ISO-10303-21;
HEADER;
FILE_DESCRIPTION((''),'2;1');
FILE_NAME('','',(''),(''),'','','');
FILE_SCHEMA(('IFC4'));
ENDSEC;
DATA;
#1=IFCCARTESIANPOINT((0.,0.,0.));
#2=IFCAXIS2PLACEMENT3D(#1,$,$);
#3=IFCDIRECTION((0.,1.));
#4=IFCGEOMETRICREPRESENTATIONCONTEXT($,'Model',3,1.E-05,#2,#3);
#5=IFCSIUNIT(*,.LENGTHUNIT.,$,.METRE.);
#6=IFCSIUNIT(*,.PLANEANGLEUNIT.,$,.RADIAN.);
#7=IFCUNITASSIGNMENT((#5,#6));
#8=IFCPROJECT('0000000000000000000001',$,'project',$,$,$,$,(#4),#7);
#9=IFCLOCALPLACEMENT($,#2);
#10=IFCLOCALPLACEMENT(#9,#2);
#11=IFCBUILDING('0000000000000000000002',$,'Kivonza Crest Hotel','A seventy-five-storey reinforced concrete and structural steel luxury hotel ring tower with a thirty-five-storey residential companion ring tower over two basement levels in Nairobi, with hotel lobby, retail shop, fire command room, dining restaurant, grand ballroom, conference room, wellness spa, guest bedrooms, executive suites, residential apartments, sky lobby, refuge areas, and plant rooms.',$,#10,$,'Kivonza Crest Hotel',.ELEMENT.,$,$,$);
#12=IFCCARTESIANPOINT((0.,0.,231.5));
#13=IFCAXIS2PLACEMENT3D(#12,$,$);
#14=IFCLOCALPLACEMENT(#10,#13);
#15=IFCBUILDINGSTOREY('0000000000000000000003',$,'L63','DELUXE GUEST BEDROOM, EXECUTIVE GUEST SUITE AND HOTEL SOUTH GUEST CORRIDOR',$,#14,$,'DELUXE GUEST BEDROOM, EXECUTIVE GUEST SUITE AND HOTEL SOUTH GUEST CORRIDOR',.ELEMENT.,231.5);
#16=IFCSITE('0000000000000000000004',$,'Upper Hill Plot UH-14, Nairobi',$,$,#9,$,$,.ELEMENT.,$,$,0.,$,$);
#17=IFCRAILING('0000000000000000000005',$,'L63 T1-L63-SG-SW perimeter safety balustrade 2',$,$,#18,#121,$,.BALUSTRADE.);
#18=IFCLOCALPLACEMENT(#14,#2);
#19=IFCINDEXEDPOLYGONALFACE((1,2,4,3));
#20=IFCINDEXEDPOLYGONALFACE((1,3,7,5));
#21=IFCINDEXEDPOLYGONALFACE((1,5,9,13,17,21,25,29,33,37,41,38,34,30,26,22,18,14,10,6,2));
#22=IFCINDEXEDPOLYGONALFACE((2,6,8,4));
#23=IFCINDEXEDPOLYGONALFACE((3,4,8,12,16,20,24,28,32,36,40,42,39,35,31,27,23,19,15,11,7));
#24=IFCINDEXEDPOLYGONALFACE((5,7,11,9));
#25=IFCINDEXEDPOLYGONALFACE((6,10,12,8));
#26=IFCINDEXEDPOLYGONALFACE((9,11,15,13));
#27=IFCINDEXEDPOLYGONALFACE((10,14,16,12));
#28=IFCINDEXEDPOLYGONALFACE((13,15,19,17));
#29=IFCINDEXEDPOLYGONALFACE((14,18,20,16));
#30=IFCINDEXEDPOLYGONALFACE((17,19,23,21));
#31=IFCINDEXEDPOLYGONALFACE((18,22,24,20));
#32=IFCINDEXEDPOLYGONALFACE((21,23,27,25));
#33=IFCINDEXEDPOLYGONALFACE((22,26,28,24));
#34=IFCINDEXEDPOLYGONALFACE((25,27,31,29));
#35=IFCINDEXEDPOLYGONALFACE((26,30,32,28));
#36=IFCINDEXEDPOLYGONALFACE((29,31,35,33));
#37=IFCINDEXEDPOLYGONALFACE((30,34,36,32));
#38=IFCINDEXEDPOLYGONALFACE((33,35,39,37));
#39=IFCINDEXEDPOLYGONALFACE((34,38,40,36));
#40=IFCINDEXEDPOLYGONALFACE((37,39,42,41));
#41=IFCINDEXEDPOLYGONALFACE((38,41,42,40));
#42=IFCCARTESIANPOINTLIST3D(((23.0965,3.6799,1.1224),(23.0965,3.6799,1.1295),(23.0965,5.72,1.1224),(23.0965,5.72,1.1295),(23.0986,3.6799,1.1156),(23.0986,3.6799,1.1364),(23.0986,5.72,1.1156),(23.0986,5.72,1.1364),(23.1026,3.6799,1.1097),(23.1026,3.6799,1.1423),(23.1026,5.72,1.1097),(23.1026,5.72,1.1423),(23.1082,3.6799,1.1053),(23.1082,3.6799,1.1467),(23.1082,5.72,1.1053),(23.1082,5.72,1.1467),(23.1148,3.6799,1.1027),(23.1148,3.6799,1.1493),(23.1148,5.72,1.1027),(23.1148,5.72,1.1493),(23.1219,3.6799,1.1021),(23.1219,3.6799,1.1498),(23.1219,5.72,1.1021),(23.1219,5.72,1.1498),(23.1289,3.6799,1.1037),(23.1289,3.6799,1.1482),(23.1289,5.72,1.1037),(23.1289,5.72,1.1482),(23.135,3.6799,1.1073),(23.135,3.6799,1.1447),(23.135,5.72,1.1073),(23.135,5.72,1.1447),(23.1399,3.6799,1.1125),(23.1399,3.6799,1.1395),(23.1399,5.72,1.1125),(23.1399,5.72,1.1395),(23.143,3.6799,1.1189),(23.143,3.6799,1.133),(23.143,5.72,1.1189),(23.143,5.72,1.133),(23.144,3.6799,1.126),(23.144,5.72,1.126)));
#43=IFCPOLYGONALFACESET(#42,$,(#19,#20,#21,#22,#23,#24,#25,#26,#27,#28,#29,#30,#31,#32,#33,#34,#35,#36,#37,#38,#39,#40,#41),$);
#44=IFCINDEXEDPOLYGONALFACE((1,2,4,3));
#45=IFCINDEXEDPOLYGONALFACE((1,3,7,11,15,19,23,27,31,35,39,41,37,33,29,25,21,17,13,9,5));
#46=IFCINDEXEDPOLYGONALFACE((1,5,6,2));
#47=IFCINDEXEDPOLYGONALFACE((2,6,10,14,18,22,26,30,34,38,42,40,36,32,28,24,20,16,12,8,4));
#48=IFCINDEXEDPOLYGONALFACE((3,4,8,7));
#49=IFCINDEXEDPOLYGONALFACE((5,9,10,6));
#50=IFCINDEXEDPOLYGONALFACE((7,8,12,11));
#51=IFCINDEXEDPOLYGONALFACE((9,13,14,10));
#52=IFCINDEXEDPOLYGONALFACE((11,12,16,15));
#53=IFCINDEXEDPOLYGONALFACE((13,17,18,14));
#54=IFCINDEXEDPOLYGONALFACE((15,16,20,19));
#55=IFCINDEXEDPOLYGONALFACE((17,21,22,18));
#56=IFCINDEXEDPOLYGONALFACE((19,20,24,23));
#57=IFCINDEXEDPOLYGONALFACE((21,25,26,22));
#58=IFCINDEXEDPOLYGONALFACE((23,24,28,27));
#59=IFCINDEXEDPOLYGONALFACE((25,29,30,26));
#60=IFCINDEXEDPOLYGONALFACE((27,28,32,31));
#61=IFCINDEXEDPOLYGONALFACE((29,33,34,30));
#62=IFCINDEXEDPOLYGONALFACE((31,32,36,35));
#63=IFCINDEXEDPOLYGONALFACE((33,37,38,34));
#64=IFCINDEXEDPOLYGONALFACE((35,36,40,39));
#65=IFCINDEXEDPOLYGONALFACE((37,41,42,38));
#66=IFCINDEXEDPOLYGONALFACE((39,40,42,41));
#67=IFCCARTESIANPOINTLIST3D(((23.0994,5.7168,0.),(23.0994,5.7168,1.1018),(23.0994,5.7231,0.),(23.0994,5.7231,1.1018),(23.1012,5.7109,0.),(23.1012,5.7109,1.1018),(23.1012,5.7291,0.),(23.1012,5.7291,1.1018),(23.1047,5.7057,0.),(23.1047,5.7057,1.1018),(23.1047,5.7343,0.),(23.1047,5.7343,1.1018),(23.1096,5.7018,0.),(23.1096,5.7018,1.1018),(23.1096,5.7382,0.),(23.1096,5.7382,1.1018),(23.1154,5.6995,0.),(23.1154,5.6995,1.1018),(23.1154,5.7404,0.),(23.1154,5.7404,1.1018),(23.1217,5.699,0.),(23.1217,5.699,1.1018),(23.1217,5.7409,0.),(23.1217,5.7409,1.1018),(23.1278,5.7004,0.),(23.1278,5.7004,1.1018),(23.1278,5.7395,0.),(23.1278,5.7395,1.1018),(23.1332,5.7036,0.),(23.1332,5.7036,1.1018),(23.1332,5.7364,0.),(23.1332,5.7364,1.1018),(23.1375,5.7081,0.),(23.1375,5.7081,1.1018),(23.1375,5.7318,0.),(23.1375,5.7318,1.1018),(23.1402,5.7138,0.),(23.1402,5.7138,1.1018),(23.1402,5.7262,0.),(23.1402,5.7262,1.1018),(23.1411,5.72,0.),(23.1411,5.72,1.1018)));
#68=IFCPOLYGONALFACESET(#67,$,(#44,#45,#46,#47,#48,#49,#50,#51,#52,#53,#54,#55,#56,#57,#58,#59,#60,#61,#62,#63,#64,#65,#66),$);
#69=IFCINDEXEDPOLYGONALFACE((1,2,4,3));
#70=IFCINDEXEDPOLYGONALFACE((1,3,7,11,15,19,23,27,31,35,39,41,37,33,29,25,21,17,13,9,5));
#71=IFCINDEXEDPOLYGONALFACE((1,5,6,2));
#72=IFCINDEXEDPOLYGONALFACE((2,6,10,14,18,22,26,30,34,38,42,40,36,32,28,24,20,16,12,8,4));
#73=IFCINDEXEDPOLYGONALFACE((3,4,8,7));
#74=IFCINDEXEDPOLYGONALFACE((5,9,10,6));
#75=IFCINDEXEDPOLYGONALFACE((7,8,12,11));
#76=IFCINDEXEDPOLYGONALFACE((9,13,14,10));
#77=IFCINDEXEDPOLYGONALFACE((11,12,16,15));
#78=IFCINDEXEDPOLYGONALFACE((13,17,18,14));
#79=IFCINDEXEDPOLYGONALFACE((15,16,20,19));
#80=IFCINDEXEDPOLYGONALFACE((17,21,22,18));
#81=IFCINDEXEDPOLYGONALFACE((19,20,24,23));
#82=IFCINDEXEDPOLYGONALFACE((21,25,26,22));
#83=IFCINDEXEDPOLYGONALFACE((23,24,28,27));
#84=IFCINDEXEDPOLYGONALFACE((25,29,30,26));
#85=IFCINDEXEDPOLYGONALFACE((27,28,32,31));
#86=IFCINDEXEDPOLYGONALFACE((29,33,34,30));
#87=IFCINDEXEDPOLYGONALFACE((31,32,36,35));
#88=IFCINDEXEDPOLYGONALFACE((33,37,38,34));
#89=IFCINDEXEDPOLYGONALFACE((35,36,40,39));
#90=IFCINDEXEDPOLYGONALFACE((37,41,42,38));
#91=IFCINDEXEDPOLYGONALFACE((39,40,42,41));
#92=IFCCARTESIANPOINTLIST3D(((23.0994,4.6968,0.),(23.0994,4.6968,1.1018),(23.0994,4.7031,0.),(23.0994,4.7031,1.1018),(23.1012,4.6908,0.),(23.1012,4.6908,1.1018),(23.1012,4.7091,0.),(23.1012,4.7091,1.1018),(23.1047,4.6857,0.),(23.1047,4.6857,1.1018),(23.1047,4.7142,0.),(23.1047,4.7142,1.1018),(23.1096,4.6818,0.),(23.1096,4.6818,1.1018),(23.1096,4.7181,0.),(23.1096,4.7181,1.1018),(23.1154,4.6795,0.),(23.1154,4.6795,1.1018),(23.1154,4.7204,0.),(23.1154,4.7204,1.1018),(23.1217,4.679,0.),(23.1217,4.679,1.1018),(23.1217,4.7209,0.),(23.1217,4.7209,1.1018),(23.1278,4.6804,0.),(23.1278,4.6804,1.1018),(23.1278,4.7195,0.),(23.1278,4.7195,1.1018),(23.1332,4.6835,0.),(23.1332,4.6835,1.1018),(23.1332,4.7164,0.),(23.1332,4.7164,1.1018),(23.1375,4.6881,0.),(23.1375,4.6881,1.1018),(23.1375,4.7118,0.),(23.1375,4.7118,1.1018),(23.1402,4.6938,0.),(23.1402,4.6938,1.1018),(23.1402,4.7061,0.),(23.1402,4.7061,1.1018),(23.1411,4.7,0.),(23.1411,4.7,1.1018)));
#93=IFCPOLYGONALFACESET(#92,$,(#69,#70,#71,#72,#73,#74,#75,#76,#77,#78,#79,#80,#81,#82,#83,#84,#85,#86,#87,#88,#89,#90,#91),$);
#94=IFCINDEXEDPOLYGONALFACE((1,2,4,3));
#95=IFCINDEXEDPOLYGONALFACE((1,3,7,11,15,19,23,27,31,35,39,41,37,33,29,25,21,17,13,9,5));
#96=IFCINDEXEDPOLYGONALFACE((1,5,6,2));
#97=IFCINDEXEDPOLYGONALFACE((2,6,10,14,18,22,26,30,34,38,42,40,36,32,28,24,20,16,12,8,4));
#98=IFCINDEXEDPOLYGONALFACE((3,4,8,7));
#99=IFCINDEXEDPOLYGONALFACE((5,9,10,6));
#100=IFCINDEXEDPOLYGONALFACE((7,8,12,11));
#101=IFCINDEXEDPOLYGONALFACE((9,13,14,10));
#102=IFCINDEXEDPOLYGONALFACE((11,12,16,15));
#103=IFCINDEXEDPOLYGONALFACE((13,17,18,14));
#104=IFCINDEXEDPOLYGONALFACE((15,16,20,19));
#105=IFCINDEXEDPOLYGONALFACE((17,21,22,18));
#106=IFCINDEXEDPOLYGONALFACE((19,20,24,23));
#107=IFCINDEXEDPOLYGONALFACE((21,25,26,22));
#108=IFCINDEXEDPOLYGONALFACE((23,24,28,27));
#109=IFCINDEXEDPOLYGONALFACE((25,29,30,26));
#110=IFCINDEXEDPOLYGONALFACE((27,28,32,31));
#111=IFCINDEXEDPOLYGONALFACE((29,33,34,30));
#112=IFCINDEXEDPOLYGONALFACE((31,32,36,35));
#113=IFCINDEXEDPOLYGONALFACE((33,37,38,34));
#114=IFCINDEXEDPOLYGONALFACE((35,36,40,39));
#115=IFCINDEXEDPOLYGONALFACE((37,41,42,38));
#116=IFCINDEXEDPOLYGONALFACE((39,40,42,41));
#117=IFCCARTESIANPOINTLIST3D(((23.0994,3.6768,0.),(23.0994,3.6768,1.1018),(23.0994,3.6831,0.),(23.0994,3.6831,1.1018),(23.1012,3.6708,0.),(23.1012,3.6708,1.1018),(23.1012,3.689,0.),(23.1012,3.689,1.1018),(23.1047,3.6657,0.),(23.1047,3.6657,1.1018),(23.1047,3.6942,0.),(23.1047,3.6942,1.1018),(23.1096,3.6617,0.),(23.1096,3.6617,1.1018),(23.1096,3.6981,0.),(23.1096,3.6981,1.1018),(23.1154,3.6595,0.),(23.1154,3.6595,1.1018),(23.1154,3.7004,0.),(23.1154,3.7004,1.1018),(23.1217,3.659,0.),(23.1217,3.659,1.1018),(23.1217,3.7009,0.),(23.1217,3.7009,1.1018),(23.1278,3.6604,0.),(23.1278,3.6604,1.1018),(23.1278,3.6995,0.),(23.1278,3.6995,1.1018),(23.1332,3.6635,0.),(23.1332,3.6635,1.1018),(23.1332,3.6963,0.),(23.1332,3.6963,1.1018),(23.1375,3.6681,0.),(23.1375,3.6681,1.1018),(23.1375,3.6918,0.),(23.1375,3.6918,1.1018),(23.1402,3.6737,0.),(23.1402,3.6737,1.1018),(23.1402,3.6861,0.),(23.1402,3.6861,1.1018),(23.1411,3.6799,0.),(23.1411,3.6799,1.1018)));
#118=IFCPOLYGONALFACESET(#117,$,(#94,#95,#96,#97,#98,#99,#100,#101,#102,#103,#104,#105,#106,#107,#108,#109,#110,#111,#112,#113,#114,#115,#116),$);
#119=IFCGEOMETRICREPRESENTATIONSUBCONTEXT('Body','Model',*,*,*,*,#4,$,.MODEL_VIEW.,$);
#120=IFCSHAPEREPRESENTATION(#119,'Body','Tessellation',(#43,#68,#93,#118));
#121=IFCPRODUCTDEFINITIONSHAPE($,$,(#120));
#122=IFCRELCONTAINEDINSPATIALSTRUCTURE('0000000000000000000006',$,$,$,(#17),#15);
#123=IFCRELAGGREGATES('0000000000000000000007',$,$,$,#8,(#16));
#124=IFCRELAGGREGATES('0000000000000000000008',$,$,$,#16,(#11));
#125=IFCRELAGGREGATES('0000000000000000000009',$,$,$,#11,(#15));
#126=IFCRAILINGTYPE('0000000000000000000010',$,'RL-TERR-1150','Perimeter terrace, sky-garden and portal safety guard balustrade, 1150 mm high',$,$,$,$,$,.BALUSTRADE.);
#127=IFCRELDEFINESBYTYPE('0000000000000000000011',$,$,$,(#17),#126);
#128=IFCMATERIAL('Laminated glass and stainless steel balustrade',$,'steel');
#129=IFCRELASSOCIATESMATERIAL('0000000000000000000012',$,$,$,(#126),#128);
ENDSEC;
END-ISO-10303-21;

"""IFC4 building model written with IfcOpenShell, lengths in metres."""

from ifc_helpers import new_model, si_unit, direction, frame, origin, origin_2d, place, context, subcontext, project, spatial, circle, extrude, material, type_object, element, save


model = new_model("IFC4")

# Units and contexts
model_context = context("Model", 3, precision=1e-05, world=origin(), true_north=direction((0.0, 1.0)))
body_context = subcontext(model_context, "Body", "Model", "MODEL_VIEW")
ifc_project = project(units=[si_unit("LENGTHUNIT", "METRE"), si_unit("PLANEANGLEUNIT", "RADIAN")], contexts=[model_context])

# Site, building, storey
site_placement = place(None, origin())
site = spatial("IfcSite", under=ifc_project, at=site_placement, Name="Upper Hill Plot UH-14, Nairobi", CompositionType="ELEMENT", RefElevation=0.0)
building_placement = place(site_placement, origin())
building = spatial("IfcBuilding", under=site, at=building_placement, Name="Kivonza Crest Hotel", Description="A seventy-five-storey reinforced concrete and structural steel luxury hotel ring tower with a thirty-five-storey residential companion ring tower over two basement levels in Nairobi, with hotel lobby, retail shop, fire command room, dining restaurant, grand ballroom, conference room, wellness spa, guest bedrooms, executive suites, residential apartments, sky lobby, refuge areas, and plant rooms.", LongName="Kivonza Crest Hotel", CompositionType="ELEMENT")
storey_placement = place(building_placement, frame((0.0, 0.0, 231.5)))
storey = spatial("IfcBuildingStorey", under=building, at=storey_placement, Name="L63", Description="DELUXE GUEST BEDROOM, EXECUTIVE GUEST SUITE AND HOTEL SOUTH GUEST CORRIDOR", LongName="DELUXE GUEST BEDROOM, EXECUTIVE GUEST SUITE AND HOTEL SOUTH GUEST CORRIDOR", CompositionType="ELEMENT", Elevation=231.5)

# Railing
ifc_material_1 = material(Name="Laminated glass and stainless steel balustrade", Category="steel")
railing_type = type_object("IfcRailingType", Name="RL-TERR-1150", Description="Perimeter terrace, sky-garden and portal safety guard balustrade, 1150 mm high", PredefinedType="BALUSTRADE", material=ifc_material_1)
railing_1_placement = place(storey_placement, frame((23.1201, 5.72, 0.0)))
element("IfcRailing", 1, at=railing_1_placement, inside=storey, type_object=railing_type, Name="L63 T1-L63-SG-SW perimeter safety balustrade 2", PredefinedType="BALUSTRADE", context=body_context, shape_type="SweptSolid", body=[
    extrude(circle(Radius=0.0239, at=origin_2d()), frame((0.0, 0.0, 1.126), z_axis=(0.0, -1.0, 0.0), x_axis=(1.0, 0.0, 0.0)), (0.0, 0.0, 1.0), 2.04),
    extrude(circle(Radius=0.021, at=origin_2d()), origin(), (0.0, 0.0, 1.0), 1.1018),
    extrude(circle(Radius=0.021, at=origin_2d()), frame((0.0, -1.02, 0.0)), (0.0, 0.0, 1.0), 1.1018),
    extrude(circle(Radius=0.021, at=origin_2d()), frame((0.0, -2.04, 0.0)), (0.0, 0.0, 1.0), 1.1018),
])

save(model, "model.ifc")
